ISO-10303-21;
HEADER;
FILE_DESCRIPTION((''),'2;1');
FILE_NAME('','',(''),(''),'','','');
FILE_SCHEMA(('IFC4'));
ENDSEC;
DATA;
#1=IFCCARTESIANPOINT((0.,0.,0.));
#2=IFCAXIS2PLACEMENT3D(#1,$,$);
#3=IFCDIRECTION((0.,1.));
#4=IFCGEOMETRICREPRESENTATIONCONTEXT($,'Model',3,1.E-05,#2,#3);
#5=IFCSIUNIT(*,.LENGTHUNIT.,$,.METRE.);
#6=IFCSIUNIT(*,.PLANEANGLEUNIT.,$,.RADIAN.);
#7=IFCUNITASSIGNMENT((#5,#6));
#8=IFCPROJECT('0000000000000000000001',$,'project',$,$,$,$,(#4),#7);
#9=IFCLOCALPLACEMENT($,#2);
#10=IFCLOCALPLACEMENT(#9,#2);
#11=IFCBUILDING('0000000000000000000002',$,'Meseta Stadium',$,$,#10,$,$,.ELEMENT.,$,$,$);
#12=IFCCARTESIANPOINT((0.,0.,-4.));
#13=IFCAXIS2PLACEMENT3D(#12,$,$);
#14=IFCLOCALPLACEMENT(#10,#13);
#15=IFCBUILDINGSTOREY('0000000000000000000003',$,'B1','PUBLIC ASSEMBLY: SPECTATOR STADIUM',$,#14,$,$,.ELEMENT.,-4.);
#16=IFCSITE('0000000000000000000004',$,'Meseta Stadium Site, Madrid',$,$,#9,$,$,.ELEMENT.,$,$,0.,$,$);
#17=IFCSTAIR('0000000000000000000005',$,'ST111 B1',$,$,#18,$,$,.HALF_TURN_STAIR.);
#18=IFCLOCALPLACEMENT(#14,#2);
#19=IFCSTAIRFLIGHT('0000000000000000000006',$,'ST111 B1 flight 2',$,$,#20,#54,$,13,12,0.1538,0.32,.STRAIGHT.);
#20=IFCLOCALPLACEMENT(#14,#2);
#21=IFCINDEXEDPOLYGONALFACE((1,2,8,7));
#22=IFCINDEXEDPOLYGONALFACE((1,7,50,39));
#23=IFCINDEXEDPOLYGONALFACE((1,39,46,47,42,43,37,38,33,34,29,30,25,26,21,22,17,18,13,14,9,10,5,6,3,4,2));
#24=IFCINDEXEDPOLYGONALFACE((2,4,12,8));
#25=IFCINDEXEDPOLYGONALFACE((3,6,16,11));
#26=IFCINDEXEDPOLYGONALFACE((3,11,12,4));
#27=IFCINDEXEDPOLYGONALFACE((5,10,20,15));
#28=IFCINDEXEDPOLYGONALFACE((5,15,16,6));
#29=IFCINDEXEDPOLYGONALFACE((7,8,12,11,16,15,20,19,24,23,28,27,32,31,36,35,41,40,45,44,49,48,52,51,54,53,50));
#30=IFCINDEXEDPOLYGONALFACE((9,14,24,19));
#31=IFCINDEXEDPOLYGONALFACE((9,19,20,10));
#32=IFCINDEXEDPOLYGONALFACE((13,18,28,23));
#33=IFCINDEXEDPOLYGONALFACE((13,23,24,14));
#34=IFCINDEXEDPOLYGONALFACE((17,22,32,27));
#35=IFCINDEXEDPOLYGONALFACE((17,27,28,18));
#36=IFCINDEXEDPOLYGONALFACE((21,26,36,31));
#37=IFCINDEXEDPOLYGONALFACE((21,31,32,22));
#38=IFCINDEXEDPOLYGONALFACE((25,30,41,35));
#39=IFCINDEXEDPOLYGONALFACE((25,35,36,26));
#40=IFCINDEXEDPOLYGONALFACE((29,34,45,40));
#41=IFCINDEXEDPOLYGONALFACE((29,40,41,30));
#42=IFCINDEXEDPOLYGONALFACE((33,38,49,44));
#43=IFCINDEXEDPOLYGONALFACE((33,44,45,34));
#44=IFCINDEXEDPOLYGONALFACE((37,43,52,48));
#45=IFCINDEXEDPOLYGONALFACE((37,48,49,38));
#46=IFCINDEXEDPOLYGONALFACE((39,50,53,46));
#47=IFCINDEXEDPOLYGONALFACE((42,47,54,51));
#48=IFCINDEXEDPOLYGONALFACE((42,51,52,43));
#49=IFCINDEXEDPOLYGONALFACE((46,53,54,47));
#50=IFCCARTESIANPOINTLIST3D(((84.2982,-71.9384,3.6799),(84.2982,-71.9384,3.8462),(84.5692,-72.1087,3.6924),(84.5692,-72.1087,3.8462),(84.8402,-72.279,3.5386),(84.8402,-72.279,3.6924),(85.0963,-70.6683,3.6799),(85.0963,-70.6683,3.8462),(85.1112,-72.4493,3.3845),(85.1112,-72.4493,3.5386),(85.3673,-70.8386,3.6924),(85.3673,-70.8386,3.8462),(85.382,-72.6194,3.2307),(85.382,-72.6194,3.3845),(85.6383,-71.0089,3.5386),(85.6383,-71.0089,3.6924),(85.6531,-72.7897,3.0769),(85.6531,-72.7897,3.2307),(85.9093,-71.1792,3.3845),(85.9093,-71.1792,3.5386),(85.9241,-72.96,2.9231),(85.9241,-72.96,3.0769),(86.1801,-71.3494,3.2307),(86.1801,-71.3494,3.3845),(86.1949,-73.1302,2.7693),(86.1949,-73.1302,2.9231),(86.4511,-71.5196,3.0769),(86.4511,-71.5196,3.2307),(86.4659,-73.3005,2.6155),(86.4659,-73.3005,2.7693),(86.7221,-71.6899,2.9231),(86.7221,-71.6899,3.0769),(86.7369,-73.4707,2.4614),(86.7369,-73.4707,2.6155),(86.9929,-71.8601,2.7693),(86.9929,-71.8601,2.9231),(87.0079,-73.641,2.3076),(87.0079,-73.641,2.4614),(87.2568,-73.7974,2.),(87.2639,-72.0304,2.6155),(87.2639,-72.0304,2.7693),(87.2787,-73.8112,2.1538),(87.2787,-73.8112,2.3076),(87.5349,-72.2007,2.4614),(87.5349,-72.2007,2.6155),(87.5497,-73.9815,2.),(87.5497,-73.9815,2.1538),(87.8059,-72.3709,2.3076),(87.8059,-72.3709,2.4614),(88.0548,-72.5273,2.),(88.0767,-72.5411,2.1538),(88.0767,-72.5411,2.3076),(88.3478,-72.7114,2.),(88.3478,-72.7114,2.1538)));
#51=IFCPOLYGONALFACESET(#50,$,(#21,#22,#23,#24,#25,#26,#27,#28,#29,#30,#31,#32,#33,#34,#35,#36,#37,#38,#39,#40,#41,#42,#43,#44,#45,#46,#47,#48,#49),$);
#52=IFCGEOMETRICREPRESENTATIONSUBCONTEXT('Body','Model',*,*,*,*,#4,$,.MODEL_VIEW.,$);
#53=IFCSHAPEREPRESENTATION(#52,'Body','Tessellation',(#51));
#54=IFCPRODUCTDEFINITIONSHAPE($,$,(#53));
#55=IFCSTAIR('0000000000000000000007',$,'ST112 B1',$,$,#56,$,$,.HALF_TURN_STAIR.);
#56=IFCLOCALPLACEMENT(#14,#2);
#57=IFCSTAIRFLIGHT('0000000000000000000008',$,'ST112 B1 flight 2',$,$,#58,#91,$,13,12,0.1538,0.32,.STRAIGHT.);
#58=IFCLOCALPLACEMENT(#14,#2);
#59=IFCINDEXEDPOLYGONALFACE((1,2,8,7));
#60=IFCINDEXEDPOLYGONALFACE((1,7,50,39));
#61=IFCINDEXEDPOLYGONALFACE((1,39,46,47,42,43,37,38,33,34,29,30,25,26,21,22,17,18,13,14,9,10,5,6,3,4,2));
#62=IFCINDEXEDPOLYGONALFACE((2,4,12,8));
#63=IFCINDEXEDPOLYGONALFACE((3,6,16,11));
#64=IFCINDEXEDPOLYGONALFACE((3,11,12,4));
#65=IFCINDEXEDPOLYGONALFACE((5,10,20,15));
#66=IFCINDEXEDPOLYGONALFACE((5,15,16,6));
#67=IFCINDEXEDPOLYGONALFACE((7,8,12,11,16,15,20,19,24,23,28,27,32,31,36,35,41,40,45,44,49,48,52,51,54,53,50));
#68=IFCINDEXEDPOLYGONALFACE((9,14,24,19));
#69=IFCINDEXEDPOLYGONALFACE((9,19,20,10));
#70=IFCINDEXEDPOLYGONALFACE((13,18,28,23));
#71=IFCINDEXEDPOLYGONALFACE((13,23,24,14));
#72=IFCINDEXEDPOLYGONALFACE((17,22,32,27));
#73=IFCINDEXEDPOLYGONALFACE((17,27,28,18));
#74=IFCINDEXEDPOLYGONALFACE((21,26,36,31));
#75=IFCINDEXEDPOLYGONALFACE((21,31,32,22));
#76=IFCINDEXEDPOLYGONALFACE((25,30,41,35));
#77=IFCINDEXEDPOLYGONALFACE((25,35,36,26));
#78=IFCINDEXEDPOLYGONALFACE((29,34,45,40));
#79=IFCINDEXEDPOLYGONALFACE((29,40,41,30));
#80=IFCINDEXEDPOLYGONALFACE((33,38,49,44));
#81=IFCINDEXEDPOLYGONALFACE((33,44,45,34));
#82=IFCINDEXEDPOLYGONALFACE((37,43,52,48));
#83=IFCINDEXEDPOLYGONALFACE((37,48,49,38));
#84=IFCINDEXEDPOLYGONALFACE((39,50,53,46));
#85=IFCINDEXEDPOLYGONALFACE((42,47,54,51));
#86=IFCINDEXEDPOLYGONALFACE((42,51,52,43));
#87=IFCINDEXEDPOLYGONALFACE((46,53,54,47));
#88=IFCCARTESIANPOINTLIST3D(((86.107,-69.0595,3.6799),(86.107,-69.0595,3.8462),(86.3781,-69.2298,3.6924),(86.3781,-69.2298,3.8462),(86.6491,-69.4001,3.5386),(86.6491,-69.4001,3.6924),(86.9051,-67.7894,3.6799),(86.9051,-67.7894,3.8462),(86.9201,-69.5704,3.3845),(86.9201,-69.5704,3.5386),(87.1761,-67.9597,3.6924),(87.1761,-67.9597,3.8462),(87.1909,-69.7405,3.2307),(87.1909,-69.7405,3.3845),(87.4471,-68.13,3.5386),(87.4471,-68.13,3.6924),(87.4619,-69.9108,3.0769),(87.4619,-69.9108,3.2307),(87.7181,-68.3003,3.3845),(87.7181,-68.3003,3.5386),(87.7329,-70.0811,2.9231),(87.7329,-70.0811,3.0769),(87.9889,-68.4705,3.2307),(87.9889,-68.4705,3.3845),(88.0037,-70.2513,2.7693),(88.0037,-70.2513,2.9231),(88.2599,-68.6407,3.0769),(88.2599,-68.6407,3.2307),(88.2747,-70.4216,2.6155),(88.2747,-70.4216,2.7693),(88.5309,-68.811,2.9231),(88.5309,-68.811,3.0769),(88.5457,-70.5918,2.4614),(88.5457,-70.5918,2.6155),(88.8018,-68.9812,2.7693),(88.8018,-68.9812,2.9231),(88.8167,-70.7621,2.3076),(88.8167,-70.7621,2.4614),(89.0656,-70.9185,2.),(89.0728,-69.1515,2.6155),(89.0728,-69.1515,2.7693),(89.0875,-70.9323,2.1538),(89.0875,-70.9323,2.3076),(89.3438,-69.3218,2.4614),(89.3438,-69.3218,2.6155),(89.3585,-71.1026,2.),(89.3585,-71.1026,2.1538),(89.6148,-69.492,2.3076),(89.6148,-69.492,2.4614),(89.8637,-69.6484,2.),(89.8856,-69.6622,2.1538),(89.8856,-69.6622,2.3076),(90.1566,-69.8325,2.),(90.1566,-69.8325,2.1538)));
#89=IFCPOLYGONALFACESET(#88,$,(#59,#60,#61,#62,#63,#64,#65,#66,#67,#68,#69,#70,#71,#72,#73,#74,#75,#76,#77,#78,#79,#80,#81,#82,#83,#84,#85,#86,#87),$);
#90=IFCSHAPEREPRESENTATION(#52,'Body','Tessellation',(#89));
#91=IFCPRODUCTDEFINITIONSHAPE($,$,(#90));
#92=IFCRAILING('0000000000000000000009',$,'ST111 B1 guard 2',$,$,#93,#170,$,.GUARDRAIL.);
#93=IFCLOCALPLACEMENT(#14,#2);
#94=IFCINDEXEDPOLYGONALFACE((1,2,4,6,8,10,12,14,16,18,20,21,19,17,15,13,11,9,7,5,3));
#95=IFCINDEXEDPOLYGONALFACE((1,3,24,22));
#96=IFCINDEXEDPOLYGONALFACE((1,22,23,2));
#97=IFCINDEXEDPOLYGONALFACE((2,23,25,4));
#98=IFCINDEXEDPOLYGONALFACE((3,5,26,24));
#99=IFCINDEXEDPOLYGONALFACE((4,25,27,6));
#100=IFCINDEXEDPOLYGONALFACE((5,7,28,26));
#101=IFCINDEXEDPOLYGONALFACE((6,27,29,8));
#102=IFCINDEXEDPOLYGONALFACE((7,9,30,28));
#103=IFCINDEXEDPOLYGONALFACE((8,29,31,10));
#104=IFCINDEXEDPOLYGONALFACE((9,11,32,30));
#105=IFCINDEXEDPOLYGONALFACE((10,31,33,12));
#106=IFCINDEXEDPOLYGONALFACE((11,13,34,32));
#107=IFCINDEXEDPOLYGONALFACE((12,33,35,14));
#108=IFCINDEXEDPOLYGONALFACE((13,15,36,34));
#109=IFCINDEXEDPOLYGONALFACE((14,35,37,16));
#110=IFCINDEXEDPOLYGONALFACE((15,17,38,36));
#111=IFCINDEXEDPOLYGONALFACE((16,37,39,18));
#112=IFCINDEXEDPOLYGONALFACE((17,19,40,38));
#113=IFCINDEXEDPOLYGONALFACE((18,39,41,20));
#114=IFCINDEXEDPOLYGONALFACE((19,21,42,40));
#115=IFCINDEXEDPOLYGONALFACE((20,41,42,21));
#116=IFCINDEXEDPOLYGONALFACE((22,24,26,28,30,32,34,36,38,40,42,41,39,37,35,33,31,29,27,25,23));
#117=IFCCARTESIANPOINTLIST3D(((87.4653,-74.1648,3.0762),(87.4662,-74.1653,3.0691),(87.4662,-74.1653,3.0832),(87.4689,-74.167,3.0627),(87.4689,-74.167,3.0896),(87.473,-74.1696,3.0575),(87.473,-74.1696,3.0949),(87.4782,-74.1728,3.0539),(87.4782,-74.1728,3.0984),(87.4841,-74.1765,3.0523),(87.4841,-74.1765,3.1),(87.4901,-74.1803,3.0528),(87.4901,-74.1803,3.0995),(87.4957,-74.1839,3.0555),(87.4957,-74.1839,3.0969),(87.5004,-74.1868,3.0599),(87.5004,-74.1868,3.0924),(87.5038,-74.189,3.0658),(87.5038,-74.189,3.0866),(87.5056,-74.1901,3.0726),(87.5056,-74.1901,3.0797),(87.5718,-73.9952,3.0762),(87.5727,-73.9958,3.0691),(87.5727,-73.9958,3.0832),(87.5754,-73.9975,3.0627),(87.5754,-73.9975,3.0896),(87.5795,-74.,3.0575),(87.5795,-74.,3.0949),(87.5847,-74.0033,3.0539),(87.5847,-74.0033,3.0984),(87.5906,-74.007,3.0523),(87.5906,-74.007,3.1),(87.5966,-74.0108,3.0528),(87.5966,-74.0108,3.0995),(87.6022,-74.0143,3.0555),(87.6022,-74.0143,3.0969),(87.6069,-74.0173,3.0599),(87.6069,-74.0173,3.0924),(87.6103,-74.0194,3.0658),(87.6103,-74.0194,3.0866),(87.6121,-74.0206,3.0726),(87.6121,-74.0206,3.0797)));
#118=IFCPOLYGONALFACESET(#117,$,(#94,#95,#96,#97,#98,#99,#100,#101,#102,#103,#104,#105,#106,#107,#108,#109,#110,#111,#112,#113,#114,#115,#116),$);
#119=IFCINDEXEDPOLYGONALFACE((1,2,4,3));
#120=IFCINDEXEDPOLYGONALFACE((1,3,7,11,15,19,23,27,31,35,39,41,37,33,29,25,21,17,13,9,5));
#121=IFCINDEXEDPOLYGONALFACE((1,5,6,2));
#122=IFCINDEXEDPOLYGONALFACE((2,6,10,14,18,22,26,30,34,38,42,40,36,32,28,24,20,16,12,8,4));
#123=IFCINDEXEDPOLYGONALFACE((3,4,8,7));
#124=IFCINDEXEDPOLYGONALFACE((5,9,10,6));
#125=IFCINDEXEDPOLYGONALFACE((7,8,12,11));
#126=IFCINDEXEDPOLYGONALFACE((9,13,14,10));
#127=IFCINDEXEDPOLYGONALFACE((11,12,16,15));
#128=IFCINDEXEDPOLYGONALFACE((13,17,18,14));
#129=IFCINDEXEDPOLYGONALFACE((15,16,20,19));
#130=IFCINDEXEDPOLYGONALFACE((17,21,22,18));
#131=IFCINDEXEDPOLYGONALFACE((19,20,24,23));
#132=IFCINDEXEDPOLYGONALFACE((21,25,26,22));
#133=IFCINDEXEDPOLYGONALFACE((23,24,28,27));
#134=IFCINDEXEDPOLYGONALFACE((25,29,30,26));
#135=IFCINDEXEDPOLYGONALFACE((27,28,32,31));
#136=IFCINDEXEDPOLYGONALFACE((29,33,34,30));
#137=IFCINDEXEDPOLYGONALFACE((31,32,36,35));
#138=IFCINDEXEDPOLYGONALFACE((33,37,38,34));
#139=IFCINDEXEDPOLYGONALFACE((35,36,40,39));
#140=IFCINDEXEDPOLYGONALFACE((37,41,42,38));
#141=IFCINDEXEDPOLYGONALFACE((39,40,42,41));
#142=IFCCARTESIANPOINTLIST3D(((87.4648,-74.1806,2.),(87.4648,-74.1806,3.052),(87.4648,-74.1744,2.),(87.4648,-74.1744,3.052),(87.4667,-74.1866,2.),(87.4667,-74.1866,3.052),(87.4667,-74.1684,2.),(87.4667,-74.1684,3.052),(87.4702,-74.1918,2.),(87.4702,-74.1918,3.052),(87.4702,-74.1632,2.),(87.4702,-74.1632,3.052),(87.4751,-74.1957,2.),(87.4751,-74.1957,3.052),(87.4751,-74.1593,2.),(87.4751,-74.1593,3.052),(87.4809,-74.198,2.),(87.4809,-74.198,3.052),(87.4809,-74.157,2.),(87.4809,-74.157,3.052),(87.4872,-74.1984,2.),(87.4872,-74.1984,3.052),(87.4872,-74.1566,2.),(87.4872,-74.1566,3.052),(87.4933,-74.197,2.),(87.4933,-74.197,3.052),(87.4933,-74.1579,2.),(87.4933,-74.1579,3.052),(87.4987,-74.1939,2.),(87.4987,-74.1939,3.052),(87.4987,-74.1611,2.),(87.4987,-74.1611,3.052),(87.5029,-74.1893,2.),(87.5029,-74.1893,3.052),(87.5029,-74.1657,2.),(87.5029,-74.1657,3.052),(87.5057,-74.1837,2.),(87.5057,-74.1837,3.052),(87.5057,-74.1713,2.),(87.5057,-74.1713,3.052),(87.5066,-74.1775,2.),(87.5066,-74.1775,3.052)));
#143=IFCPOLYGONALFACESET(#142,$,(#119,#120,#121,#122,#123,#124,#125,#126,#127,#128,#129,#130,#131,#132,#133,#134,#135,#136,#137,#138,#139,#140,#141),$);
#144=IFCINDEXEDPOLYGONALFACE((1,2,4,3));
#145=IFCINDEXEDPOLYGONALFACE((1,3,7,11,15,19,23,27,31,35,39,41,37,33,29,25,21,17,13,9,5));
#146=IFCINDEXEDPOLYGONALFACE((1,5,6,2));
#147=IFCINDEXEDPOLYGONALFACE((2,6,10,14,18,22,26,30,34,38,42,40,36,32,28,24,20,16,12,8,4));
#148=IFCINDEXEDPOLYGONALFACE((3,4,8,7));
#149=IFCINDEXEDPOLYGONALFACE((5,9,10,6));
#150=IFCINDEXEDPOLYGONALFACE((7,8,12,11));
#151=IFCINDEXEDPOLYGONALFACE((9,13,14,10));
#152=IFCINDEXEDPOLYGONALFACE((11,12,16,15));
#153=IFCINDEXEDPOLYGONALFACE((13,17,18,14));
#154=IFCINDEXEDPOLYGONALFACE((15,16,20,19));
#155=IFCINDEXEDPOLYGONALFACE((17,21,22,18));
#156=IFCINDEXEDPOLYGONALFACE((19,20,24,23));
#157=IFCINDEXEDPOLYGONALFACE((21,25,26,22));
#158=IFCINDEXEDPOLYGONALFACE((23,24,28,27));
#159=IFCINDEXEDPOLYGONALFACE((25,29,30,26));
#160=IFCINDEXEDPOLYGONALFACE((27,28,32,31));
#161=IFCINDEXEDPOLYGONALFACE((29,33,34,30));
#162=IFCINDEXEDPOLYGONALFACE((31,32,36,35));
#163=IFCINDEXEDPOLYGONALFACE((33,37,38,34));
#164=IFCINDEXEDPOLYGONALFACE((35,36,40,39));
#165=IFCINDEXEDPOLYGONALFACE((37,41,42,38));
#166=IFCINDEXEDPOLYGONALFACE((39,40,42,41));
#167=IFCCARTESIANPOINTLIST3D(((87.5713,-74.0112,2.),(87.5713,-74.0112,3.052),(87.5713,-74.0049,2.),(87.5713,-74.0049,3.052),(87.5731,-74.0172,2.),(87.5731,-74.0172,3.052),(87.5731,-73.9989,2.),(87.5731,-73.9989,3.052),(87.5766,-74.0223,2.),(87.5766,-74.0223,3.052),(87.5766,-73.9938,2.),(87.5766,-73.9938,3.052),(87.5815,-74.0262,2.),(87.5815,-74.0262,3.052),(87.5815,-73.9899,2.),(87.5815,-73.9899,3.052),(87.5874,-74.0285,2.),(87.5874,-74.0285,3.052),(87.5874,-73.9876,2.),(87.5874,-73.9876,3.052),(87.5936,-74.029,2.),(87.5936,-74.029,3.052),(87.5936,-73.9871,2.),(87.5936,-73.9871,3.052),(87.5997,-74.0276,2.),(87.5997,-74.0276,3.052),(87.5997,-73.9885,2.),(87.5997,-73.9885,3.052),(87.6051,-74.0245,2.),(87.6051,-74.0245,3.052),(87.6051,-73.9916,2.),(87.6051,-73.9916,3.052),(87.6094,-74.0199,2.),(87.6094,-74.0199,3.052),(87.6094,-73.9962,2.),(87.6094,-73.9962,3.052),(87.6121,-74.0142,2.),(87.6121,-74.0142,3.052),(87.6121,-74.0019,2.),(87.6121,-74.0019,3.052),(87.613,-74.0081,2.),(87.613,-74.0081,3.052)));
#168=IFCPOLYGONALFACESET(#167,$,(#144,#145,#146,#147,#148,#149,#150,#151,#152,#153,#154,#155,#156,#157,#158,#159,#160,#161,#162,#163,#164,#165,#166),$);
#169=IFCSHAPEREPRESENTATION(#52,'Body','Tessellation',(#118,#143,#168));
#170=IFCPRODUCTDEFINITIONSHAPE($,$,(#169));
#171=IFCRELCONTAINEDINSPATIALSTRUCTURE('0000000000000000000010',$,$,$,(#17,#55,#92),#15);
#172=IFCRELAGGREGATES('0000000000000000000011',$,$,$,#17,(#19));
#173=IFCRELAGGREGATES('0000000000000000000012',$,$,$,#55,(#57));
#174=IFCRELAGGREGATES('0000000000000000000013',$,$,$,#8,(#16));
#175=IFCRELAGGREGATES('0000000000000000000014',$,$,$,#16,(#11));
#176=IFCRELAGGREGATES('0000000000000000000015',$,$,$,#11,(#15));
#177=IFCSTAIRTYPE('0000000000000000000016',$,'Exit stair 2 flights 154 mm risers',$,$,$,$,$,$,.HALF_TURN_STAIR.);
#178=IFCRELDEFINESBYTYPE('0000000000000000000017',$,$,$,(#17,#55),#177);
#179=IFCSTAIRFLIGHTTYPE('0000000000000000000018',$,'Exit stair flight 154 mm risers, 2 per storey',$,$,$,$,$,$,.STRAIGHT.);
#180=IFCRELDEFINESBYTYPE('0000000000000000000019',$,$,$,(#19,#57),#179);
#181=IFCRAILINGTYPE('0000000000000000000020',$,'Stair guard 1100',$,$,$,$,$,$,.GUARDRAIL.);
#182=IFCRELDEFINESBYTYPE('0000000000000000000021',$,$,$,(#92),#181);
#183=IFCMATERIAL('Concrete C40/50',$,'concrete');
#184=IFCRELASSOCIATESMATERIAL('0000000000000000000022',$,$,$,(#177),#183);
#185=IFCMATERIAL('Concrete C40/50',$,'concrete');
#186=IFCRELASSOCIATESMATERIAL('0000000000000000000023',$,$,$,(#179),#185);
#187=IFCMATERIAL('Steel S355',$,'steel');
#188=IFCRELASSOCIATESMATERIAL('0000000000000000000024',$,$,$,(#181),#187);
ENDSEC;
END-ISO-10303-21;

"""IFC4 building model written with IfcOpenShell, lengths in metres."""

from ifc_helpers import new_model, si_unit, direction, frame, origin, origin_2d, place, context, subcontext, project, spatial, polyline, circle, outline, extrude, material, type_object, element, aggregate, save


model = new_model("IFC4")

# Units and contexts
model_context = context("Model", 3, precision=1e-05, world=origin(), true_north=direction((0.0, 1.0)))
body_context = subcontext(model_context, "Body", "Model", "MODEL_VIEW")
ifc_project = project(units=[si_unit("LENGTHUNIT", "METRE"), si_unit("PLANEANGLEUNIT", "RADIAN")], contexts=[model_context])

# Site, building, storey
site_placement = place(None, origin())
site = spatial("IfcSite", under=ifc_project, at=site_placement, Name="Meseta Stadium Site, Madrid", CompositionType="ELEMENT", RefElevation=0.0)
building_placement = place(site_placement, origin())
building = spatial("IfcBuilding", under=site, at=building_placement, Name="Meseta Stadium", CompositionType="ELEMENT")
storey_placement = place(building_placement, frame((0.0, 0.0, -4.0)))
storey = spatial("IfcBuildingStorey", under=building, at=storey_placement, Name="B1", Description="PUBLIC ASSEMBLY: SPECTATOR STADIUM", CompositionType="ELEMENT", Elevation=-4.0)

# Stairs, stair flights
ifc_material_1 = material(Name="Concrete C40/50", Category="concrete")
stair_type = type_object("IfcStairType", Name="Exit stair 2 flights 154 mm risers", PredefinedType="HALF_TURN_STAIR", material=ifc_material_1)
stair_1_placement = place(storey_placement, origin())
stair_1 = element("IfcStair", 1, at=stair_1_placement, inside=storey, type_object=stair_type, Name="ST111 B1", PredefinedType="HALF_TURN_STAIR")
ifc_material_2 = material(Name="Concrete C40/50", Category="concrete")
stair_flight_type = type_object("IfcStairFlightType", Name="Exit stair flight 154 mm risers, 2 per storey", PredefinedType="STRAIGHT", material=ifc_material_2)
stair_flight_1_placement = place(storey_placement, frame((87.9487, -73.3464, 2.0), z_axis=(0.0, 0.0, 1.0), x_axis=(-0.846724, 0.532032, 0.0)))
stair_flight_1 = element("IfcStairFlight", 2, at=stair_flight_1_placement, type_object=stair_flight_type, Name="ST111 B1 flight 2", NumberOfRisers=13, NumberOfTreads=12, PredefinedType="STRAIGHT", RiserHeight=0.1538, TreadLength=0.32, context=body_context, shape_type="SweptSolid", body=[
    extrude(outline(polyline([(0.0, 0.0), (0.0, 0.1538), (0.3201, 0.1538), (0.3201, 0.3076), (0.6399, 0.3076), (0.6399, 0.4614), (0.96, 0.4614), (0.96, 0.6155), (1.28, 0.6155), (1.28, 0.7693), (1.6001, 0.7693), (1.6001, 0.9231), (1.9199, 0.9231), (1.9199, 1.0769), (2.24, 1.0769), (2.24, 1.2307), (2.5601, 1.2307), (2.5601, 1.3845), (2.8799, 1.3845), (2.8799, 1.5386), (3.2, 1.5386), (3.2, 1.6924), (3.52, 1.6924), (3.52, 1.8462), (3.8401, 1.8462), (3.8401, 1.6799), (0.3459, 0.0), (0.0, 0.0)])), frame((0.0, 0.75, 0.0), z_axis=(0.0, -1.0, 0.0), x_axis=(1.0, 0.0, 0.0)), (0.0, 0.0, 1.0), 1.5),
])
aggregate(stair_1, [stair_flight_1])
stair_2_placement = place(storey_placement, origin())
stair_2 = element("IfcStair", 3, at=stair_2_placement, inside=storey, type_object=stair_type, Name="ST112 B1", PredefinedType="HALF_TURN_STAIR")
stair_flight_2_placement = place(storey_placement, frame((89.7576, -70.4675, 2.0), z_axis=(0.0, 0.0, 1.0), x_axis=(-0.846724, 0.532032, 0.0)))
stair_flight_2 = element("IfcStairFlight", 4, at=stair_flight_2_placement, type_object=stair_flight_type, Name="ST112 B1 flight 2", NumberOfRisers=13, NumberOfTreads=12, PredefinedType="STRAIGHT", RiserHeight=0.1538, TreadLength=0.32, context=body_context, shape_type="SweptSolid", body=[
    extrude(outline(polyline([(0.0, 0.0), (0.0, 0.1538), (0.3201, 0.1538), (0.3201, 0.3076), (0.6399, 0.3076), (0.6399, 0.4614), (0.96, 0.4614), (0.96, 0.6155), (1.28, 0.6155), (1.28, 0.7693), (1.6001, 0.7693), (1.6001, 0.9231), (1.9199, 0.9231), (1.9199, 1.0769), (2.24, 1.0769), (2.24, 1.2307), (2.5601, 1.2307), (2.5601, 1.3845), (2.8799, 1.3845), (2.8799, 1.5386), (3.2, 1.5386), (3.2, 1.6924), (3.52, 1.6924), (3.52, 1.8462), (3.8401, 1.8462), (3.8401, 1.6799), (0.3459, 0.0), (0.0, 0.0)])), frame((0.0, 0.75, 0.0), z_axis=(0.0, -1.0, 0.0), x_axis=(1.0, 0.0, 0.0)), (0.0, 0.0, 1.0), 1.5),
])
aggregate(stair_2, [stair_flight_2])

# Railing
ifc_material_3 = material(Name="Steel S355", Category="steel")
railing_type_1 = type_object("IfcRailingType", Name="Stair guard 1100", PredefinedType="GUARDRAIL", material=ifc_material_3)
railing_1_placement = place(storey_placement, frame((87.4856, -74.1775, 2.0)))
element("IfcRailing", 5, at=railing_1_placement, inside=storey, type_object=railing_type_1, Name="ST111 B1 guard 2", PredefinedType="GUARDRAIL", context=body_context, shape_type="SweptSolid", body=[
    extrude(circle(Radius=0.0239, at=origin_2d()), frame((0.0, 0.0, 1.0762), z_axis=(0.531972, 0.846762, 0.0), x_axis=(-0.846762, 0.531972, 0.0)), (0.0, 0.0, 1.0), 0.2002),
    extrude(circle(Radius=0.021, at=origin_2d()), origin(), (0.0, 0.0, 1.0), 1.052),
    extrude(circle(Radius=0.021, at=origin_2d()), frame((0.1064, 0.1694, 0.0)), (0.0, 0.0, 1.0), 1.052),
])

save(model, "model.ifc")
